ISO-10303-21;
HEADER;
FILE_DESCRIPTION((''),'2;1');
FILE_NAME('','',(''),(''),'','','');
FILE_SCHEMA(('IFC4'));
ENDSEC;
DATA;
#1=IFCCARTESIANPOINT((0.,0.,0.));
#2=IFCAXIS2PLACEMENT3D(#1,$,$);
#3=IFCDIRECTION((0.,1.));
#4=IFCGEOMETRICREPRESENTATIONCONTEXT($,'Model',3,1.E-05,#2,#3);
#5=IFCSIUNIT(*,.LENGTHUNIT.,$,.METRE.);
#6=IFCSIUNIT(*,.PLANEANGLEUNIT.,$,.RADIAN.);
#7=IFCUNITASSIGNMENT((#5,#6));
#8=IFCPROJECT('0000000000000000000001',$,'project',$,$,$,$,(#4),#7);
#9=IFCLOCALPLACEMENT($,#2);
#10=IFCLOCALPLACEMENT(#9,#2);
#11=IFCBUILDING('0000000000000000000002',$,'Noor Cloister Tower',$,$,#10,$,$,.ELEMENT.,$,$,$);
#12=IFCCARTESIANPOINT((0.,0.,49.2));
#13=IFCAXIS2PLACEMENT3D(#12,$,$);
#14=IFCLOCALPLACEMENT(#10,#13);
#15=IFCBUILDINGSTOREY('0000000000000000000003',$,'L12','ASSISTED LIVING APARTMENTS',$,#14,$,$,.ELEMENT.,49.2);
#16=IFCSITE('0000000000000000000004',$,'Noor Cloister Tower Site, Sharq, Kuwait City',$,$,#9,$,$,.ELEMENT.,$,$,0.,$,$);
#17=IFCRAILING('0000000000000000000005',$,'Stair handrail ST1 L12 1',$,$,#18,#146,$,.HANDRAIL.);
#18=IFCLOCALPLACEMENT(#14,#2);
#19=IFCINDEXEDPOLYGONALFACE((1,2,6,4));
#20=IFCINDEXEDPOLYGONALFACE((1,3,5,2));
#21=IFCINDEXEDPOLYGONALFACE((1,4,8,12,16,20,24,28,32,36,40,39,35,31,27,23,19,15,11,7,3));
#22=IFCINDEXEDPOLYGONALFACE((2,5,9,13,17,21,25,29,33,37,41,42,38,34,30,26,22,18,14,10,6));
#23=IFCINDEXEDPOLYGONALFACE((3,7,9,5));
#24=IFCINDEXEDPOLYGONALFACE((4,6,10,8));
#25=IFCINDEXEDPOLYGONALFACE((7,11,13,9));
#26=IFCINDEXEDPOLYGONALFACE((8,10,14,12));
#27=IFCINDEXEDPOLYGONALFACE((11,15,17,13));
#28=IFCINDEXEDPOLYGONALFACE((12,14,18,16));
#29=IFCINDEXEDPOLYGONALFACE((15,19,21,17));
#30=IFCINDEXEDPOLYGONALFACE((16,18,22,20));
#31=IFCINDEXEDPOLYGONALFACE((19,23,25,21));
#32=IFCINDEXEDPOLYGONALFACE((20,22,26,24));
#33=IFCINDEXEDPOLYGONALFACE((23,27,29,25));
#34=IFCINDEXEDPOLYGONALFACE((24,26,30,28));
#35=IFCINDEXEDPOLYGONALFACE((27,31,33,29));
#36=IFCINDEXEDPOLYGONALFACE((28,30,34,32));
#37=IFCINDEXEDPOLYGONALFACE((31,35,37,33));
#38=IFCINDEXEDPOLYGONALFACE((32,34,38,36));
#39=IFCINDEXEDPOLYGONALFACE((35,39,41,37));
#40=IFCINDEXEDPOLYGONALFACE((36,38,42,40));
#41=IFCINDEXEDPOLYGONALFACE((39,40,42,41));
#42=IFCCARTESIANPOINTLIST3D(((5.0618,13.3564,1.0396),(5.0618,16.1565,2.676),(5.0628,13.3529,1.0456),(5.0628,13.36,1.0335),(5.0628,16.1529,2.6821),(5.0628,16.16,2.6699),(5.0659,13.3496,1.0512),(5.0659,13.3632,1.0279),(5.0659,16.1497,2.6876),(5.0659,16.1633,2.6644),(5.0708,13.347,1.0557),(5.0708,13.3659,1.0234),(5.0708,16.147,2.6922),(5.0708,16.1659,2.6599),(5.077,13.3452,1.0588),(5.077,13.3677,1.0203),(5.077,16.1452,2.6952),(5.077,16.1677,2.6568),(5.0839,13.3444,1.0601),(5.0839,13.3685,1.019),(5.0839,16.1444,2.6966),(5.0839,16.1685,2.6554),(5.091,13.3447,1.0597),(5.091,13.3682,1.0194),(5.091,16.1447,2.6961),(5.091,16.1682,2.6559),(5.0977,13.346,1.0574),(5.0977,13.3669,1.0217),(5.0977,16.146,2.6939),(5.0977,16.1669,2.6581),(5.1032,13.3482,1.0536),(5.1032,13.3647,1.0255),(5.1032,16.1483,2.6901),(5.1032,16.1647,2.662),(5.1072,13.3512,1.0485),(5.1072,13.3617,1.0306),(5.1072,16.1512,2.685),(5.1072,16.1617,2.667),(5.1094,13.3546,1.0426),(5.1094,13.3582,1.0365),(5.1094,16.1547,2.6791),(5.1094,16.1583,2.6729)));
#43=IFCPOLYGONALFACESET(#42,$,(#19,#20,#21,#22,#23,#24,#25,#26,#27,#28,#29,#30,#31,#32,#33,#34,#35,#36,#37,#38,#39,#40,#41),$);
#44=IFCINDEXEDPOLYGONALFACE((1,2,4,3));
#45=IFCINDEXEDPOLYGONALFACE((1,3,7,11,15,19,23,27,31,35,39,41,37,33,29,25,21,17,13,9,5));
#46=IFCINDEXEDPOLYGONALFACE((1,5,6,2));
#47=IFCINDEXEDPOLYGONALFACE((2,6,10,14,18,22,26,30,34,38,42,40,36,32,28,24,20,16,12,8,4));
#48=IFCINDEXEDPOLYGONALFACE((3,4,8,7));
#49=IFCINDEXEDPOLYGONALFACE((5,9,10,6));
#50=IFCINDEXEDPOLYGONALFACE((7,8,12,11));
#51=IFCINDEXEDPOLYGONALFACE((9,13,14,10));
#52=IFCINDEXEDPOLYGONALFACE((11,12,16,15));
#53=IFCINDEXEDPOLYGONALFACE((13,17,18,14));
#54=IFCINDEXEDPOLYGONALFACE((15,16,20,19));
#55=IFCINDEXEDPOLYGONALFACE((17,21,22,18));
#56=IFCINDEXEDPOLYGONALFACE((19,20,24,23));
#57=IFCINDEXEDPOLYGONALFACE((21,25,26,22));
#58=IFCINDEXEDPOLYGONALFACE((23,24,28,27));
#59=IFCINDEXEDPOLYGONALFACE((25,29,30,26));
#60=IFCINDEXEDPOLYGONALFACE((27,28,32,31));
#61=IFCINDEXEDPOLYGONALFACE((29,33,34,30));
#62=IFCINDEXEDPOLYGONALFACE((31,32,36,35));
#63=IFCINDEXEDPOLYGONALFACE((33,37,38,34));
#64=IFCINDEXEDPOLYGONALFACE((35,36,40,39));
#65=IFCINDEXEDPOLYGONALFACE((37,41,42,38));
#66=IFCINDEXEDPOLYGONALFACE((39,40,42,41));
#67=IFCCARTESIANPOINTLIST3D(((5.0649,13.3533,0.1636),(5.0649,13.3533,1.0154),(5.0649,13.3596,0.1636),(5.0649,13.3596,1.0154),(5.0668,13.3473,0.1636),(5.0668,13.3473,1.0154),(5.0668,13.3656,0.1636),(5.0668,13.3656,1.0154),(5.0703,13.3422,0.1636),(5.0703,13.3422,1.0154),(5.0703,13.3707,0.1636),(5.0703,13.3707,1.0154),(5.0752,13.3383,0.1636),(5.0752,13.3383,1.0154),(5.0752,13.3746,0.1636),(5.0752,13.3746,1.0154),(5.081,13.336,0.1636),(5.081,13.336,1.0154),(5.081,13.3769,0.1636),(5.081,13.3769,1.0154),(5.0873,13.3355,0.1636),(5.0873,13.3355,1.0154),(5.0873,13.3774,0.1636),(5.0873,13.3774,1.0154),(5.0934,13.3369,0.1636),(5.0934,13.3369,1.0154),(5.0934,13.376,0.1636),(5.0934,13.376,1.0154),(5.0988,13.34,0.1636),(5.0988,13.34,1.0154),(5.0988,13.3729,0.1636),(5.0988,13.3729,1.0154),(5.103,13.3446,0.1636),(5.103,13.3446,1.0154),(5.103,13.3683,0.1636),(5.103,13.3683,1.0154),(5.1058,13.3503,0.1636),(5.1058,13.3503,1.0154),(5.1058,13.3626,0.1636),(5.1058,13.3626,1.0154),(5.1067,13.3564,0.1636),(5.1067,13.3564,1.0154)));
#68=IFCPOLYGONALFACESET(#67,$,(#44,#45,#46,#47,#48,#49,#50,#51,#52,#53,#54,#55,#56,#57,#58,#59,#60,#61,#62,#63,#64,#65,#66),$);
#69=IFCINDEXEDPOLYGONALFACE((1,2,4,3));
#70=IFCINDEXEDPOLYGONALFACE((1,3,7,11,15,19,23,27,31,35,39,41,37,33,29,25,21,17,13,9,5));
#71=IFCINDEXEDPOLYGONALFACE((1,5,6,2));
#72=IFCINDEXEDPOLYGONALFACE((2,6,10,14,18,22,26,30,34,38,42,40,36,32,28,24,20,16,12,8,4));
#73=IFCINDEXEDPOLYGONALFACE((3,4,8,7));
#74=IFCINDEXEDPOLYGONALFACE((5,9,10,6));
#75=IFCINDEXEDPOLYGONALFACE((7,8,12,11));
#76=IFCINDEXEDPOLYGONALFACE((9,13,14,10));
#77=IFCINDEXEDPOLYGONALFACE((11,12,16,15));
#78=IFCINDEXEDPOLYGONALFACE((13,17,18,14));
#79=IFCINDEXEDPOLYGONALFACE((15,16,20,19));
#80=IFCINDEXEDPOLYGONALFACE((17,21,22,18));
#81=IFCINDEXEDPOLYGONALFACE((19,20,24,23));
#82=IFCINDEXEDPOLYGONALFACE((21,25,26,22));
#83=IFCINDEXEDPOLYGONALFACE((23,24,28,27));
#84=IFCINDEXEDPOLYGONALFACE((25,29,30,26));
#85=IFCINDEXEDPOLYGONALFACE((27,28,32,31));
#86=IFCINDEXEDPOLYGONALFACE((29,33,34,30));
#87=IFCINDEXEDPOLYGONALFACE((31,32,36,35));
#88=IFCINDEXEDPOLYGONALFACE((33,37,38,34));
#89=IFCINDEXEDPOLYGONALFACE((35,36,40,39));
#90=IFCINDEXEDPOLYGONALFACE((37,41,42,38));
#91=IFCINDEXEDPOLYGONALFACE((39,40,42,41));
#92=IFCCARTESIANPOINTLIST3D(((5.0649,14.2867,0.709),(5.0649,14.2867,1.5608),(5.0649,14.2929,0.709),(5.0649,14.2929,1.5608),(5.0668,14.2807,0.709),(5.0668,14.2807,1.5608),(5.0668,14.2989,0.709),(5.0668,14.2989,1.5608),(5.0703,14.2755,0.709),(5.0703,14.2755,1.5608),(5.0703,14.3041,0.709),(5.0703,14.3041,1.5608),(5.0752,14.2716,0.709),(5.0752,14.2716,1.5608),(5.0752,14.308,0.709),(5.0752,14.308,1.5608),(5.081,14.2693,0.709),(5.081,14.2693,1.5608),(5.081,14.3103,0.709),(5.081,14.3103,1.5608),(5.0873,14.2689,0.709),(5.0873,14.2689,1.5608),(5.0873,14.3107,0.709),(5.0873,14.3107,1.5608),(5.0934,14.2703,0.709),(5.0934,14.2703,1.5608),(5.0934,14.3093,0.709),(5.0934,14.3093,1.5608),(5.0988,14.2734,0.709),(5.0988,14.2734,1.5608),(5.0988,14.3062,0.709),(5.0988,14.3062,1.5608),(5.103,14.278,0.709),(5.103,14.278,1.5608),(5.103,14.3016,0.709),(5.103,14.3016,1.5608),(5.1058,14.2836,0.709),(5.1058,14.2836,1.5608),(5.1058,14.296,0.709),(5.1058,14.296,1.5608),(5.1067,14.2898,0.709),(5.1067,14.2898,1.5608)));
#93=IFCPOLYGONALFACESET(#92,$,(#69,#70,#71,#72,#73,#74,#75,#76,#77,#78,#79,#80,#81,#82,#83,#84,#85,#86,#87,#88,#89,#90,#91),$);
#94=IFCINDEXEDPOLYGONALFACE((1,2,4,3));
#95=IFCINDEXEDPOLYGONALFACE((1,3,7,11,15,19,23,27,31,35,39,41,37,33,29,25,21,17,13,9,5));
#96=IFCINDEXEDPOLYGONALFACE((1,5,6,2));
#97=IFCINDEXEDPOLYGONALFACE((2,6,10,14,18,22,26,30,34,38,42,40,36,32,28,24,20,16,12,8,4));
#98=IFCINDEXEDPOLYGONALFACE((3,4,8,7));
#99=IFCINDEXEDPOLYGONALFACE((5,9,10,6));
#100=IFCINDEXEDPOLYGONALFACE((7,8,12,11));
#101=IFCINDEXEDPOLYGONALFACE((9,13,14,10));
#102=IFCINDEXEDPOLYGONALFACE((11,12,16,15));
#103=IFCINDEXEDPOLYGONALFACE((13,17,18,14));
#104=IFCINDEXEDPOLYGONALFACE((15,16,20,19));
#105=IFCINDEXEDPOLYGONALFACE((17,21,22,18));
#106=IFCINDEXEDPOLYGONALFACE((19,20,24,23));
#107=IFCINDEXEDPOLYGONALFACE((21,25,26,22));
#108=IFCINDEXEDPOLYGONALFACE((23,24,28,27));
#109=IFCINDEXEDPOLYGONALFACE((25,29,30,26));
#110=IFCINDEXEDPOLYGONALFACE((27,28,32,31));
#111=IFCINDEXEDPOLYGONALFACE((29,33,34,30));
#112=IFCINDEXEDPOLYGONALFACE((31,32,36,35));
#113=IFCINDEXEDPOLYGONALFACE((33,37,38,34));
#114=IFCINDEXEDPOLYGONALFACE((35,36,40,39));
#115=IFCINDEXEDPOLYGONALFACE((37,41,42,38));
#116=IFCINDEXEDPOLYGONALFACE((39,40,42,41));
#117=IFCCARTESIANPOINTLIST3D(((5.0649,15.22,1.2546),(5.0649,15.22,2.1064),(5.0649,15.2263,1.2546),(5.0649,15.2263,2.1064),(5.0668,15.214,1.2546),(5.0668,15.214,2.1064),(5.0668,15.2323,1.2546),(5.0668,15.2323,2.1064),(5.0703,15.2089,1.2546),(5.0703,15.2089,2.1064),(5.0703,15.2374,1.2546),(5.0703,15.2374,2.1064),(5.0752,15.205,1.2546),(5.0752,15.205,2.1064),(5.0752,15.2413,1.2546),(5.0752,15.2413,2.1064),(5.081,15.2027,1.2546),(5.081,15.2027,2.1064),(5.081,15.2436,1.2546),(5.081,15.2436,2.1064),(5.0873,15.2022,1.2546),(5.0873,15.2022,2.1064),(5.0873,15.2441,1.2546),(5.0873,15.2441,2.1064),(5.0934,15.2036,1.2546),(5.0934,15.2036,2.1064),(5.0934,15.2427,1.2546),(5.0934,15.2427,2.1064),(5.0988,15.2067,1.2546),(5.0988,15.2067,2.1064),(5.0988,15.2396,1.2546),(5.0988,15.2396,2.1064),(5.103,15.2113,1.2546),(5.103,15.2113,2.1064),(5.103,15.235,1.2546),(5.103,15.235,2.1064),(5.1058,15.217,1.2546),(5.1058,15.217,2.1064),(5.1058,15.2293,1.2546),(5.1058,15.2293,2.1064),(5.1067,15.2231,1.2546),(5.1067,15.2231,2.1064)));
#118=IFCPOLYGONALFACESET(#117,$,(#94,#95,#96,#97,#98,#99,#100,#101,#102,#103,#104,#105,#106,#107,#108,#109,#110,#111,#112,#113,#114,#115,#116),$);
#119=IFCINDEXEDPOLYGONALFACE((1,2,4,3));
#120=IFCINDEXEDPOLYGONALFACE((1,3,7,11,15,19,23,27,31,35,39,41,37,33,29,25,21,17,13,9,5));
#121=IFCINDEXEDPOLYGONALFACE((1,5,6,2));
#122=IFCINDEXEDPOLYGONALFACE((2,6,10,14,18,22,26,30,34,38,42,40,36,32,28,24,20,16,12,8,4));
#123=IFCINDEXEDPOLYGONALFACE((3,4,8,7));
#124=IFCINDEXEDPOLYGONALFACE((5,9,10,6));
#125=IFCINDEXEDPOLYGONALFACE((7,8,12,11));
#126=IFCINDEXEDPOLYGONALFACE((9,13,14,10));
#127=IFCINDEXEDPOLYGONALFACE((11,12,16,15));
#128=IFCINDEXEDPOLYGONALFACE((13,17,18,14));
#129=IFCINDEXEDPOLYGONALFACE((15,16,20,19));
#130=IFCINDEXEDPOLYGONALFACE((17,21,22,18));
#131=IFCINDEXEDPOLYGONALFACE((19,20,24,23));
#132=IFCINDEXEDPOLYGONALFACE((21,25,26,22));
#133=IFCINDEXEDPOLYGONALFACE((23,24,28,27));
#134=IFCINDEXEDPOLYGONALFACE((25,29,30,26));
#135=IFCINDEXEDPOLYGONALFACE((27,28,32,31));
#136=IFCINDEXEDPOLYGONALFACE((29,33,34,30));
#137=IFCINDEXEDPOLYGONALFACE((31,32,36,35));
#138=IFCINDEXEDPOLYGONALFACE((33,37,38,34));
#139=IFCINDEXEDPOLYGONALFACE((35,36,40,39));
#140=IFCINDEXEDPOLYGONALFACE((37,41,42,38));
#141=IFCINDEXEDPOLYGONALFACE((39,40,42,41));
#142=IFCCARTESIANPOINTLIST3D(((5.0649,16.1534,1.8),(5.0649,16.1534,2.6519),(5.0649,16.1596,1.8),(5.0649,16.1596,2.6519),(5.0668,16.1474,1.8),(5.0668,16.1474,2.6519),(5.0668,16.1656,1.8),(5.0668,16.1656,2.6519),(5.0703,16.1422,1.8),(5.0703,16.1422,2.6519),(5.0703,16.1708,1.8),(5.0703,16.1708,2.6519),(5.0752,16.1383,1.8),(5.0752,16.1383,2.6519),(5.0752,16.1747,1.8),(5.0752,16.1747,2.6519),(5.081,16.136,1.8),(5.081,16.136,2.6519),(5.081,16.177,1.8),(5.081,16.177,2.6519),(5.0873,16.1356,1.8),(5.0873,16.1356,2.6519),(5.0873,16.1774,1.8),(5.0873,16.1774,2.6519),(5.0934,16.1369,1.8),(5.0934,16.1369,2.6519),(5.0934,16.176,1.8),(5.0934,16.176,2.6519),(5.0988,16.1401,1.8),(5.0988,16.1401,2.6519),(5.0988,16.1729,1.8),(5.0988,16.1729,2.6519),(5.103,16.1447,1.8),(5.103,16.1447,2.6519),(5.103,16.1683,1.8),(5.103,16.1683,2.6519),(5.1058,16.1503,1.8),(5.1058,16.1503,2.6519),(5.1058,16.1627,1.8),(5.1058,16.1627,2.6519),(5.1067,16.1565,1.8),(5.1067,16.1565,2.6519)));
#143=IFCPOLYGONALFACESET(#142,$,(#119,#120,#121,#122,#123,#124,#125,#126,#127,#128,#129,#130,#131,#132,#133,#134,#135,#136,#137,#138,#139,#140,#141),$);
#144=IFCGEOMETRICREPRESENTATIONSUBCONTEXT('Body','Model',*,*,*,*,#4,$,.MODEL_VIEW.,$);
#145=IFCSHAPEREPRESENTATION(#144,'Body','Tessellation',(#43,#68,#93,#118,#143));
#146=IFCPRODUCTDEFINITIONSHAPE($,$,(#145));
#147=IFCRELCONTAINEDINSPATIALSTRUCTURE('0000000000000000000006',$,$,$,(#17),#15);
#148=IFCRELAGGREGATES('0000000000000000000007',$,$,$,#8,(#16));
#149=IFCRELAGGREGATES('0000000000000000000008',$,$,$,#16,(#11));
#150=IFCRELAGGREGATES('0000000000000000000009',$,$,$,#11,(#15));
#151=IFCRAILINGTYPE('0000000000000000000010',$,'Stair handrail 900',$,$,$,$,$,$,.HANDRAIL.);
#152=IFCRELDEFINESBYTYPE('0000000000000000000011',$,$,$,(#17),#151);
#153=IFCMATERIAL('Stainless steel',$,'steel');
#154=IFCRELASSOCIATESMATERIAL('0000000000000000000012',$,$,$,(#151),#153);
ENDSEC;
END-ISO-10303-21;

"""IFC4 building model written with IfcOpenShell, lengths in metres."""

from ifc_helpers import new_model, si_unit, direction, frame, origin, origin_2d, place, context, subcontext, project, spatial, circle, extrude, material, type_object, element, save


model = new_model("IFC4")

# Units and contexts
model_context = context("Model", 3, precision=1e-05, world=origin(), true_north=direction((0.0, 1.0)))
body_context = subcontext(model_context, "Body", "Model", "MODEL_VIEW")
ifc_project = project(units=[si_unit("LENGTHUNIT", "METRE"), si_unit("PLANEANGLEUNIT", "RADIAN")], contexts=[model_context])

# Site, building, storey
site_placement = place(None, origin())
site = spatial("IfcSite", under=ifc_project, at=site_placement, Name="Noor Cloister Tower Site, Sharq, Kuwait City", CompositionType="ELEMENT", RefElevation=0.0)
building_placement = place(site_placement, origin())
building = spatial("IfcBuilding", under=site, at=building_placement, Name="Noor Cloister Tower", CompositionType="ELEMENT")
storey_placement = place(building_placement, frame((0.0, 0.0, 49.2)))
storey = spatial("IfcBuildingStorey", under=building, at=storey_placement, Name="L12", Description="ASSISTED LIVING APARTMENTS", CompositionType="ELEMENT", Elevation=49.2)

# Railing
ifc_material_1 = material(Name="Stainless steel", Category="steel")
railing_type_1 = type_object("IfcRailingType", Name="Stair handrail 900", PredefinedType="HANDRAIL", material=ifc_material_1)
railing_1_placement = place(storey_placement, frame((5.0857, 13.3564, 0.1636)))
element("IfcRailing", 1, at=railing_1_placement, inside=storey, type_object=railing_type_1, Name="Stair handrail ST1 L12 1", PredefinedType="HANDRAIL", context=body_context, shape_type="SweptSolid", body=[
    extrude(circle(Radius=0.0239, at=origin_2d()), frame((0.0, 0.0, 0.876), z_axis=(0.0, 0.863361, 0.504587), x_axis=(-1.0, 0.0, 0.0)), (0.0, 0.0, 1.0), 3.2432),
    extrude(circle(Radius=0.021, at=origin_2d()), origin(), (0.0, 0.0, 1.0), 0.8518),
    extrude(circle(Radius=0.021, at=origin_2d()), frame((0.0, 0.9333, 0.5454)), (0.0, 0.0, 1.0), 0.8518),
    extrude(circle(Radius=0.021, at=origin_2d()), frame((0.0, 1.8667, 1.0911)), (0.0, 0.0, 1.0), 0.8518),
    extrude(circle(Radius=0.021, at=origin_2d()), frame((0.0, 2.8, 1.6365)), (0.0, 0.0, 1.0), 0.8518),
])

save(model, "model.ifc")
